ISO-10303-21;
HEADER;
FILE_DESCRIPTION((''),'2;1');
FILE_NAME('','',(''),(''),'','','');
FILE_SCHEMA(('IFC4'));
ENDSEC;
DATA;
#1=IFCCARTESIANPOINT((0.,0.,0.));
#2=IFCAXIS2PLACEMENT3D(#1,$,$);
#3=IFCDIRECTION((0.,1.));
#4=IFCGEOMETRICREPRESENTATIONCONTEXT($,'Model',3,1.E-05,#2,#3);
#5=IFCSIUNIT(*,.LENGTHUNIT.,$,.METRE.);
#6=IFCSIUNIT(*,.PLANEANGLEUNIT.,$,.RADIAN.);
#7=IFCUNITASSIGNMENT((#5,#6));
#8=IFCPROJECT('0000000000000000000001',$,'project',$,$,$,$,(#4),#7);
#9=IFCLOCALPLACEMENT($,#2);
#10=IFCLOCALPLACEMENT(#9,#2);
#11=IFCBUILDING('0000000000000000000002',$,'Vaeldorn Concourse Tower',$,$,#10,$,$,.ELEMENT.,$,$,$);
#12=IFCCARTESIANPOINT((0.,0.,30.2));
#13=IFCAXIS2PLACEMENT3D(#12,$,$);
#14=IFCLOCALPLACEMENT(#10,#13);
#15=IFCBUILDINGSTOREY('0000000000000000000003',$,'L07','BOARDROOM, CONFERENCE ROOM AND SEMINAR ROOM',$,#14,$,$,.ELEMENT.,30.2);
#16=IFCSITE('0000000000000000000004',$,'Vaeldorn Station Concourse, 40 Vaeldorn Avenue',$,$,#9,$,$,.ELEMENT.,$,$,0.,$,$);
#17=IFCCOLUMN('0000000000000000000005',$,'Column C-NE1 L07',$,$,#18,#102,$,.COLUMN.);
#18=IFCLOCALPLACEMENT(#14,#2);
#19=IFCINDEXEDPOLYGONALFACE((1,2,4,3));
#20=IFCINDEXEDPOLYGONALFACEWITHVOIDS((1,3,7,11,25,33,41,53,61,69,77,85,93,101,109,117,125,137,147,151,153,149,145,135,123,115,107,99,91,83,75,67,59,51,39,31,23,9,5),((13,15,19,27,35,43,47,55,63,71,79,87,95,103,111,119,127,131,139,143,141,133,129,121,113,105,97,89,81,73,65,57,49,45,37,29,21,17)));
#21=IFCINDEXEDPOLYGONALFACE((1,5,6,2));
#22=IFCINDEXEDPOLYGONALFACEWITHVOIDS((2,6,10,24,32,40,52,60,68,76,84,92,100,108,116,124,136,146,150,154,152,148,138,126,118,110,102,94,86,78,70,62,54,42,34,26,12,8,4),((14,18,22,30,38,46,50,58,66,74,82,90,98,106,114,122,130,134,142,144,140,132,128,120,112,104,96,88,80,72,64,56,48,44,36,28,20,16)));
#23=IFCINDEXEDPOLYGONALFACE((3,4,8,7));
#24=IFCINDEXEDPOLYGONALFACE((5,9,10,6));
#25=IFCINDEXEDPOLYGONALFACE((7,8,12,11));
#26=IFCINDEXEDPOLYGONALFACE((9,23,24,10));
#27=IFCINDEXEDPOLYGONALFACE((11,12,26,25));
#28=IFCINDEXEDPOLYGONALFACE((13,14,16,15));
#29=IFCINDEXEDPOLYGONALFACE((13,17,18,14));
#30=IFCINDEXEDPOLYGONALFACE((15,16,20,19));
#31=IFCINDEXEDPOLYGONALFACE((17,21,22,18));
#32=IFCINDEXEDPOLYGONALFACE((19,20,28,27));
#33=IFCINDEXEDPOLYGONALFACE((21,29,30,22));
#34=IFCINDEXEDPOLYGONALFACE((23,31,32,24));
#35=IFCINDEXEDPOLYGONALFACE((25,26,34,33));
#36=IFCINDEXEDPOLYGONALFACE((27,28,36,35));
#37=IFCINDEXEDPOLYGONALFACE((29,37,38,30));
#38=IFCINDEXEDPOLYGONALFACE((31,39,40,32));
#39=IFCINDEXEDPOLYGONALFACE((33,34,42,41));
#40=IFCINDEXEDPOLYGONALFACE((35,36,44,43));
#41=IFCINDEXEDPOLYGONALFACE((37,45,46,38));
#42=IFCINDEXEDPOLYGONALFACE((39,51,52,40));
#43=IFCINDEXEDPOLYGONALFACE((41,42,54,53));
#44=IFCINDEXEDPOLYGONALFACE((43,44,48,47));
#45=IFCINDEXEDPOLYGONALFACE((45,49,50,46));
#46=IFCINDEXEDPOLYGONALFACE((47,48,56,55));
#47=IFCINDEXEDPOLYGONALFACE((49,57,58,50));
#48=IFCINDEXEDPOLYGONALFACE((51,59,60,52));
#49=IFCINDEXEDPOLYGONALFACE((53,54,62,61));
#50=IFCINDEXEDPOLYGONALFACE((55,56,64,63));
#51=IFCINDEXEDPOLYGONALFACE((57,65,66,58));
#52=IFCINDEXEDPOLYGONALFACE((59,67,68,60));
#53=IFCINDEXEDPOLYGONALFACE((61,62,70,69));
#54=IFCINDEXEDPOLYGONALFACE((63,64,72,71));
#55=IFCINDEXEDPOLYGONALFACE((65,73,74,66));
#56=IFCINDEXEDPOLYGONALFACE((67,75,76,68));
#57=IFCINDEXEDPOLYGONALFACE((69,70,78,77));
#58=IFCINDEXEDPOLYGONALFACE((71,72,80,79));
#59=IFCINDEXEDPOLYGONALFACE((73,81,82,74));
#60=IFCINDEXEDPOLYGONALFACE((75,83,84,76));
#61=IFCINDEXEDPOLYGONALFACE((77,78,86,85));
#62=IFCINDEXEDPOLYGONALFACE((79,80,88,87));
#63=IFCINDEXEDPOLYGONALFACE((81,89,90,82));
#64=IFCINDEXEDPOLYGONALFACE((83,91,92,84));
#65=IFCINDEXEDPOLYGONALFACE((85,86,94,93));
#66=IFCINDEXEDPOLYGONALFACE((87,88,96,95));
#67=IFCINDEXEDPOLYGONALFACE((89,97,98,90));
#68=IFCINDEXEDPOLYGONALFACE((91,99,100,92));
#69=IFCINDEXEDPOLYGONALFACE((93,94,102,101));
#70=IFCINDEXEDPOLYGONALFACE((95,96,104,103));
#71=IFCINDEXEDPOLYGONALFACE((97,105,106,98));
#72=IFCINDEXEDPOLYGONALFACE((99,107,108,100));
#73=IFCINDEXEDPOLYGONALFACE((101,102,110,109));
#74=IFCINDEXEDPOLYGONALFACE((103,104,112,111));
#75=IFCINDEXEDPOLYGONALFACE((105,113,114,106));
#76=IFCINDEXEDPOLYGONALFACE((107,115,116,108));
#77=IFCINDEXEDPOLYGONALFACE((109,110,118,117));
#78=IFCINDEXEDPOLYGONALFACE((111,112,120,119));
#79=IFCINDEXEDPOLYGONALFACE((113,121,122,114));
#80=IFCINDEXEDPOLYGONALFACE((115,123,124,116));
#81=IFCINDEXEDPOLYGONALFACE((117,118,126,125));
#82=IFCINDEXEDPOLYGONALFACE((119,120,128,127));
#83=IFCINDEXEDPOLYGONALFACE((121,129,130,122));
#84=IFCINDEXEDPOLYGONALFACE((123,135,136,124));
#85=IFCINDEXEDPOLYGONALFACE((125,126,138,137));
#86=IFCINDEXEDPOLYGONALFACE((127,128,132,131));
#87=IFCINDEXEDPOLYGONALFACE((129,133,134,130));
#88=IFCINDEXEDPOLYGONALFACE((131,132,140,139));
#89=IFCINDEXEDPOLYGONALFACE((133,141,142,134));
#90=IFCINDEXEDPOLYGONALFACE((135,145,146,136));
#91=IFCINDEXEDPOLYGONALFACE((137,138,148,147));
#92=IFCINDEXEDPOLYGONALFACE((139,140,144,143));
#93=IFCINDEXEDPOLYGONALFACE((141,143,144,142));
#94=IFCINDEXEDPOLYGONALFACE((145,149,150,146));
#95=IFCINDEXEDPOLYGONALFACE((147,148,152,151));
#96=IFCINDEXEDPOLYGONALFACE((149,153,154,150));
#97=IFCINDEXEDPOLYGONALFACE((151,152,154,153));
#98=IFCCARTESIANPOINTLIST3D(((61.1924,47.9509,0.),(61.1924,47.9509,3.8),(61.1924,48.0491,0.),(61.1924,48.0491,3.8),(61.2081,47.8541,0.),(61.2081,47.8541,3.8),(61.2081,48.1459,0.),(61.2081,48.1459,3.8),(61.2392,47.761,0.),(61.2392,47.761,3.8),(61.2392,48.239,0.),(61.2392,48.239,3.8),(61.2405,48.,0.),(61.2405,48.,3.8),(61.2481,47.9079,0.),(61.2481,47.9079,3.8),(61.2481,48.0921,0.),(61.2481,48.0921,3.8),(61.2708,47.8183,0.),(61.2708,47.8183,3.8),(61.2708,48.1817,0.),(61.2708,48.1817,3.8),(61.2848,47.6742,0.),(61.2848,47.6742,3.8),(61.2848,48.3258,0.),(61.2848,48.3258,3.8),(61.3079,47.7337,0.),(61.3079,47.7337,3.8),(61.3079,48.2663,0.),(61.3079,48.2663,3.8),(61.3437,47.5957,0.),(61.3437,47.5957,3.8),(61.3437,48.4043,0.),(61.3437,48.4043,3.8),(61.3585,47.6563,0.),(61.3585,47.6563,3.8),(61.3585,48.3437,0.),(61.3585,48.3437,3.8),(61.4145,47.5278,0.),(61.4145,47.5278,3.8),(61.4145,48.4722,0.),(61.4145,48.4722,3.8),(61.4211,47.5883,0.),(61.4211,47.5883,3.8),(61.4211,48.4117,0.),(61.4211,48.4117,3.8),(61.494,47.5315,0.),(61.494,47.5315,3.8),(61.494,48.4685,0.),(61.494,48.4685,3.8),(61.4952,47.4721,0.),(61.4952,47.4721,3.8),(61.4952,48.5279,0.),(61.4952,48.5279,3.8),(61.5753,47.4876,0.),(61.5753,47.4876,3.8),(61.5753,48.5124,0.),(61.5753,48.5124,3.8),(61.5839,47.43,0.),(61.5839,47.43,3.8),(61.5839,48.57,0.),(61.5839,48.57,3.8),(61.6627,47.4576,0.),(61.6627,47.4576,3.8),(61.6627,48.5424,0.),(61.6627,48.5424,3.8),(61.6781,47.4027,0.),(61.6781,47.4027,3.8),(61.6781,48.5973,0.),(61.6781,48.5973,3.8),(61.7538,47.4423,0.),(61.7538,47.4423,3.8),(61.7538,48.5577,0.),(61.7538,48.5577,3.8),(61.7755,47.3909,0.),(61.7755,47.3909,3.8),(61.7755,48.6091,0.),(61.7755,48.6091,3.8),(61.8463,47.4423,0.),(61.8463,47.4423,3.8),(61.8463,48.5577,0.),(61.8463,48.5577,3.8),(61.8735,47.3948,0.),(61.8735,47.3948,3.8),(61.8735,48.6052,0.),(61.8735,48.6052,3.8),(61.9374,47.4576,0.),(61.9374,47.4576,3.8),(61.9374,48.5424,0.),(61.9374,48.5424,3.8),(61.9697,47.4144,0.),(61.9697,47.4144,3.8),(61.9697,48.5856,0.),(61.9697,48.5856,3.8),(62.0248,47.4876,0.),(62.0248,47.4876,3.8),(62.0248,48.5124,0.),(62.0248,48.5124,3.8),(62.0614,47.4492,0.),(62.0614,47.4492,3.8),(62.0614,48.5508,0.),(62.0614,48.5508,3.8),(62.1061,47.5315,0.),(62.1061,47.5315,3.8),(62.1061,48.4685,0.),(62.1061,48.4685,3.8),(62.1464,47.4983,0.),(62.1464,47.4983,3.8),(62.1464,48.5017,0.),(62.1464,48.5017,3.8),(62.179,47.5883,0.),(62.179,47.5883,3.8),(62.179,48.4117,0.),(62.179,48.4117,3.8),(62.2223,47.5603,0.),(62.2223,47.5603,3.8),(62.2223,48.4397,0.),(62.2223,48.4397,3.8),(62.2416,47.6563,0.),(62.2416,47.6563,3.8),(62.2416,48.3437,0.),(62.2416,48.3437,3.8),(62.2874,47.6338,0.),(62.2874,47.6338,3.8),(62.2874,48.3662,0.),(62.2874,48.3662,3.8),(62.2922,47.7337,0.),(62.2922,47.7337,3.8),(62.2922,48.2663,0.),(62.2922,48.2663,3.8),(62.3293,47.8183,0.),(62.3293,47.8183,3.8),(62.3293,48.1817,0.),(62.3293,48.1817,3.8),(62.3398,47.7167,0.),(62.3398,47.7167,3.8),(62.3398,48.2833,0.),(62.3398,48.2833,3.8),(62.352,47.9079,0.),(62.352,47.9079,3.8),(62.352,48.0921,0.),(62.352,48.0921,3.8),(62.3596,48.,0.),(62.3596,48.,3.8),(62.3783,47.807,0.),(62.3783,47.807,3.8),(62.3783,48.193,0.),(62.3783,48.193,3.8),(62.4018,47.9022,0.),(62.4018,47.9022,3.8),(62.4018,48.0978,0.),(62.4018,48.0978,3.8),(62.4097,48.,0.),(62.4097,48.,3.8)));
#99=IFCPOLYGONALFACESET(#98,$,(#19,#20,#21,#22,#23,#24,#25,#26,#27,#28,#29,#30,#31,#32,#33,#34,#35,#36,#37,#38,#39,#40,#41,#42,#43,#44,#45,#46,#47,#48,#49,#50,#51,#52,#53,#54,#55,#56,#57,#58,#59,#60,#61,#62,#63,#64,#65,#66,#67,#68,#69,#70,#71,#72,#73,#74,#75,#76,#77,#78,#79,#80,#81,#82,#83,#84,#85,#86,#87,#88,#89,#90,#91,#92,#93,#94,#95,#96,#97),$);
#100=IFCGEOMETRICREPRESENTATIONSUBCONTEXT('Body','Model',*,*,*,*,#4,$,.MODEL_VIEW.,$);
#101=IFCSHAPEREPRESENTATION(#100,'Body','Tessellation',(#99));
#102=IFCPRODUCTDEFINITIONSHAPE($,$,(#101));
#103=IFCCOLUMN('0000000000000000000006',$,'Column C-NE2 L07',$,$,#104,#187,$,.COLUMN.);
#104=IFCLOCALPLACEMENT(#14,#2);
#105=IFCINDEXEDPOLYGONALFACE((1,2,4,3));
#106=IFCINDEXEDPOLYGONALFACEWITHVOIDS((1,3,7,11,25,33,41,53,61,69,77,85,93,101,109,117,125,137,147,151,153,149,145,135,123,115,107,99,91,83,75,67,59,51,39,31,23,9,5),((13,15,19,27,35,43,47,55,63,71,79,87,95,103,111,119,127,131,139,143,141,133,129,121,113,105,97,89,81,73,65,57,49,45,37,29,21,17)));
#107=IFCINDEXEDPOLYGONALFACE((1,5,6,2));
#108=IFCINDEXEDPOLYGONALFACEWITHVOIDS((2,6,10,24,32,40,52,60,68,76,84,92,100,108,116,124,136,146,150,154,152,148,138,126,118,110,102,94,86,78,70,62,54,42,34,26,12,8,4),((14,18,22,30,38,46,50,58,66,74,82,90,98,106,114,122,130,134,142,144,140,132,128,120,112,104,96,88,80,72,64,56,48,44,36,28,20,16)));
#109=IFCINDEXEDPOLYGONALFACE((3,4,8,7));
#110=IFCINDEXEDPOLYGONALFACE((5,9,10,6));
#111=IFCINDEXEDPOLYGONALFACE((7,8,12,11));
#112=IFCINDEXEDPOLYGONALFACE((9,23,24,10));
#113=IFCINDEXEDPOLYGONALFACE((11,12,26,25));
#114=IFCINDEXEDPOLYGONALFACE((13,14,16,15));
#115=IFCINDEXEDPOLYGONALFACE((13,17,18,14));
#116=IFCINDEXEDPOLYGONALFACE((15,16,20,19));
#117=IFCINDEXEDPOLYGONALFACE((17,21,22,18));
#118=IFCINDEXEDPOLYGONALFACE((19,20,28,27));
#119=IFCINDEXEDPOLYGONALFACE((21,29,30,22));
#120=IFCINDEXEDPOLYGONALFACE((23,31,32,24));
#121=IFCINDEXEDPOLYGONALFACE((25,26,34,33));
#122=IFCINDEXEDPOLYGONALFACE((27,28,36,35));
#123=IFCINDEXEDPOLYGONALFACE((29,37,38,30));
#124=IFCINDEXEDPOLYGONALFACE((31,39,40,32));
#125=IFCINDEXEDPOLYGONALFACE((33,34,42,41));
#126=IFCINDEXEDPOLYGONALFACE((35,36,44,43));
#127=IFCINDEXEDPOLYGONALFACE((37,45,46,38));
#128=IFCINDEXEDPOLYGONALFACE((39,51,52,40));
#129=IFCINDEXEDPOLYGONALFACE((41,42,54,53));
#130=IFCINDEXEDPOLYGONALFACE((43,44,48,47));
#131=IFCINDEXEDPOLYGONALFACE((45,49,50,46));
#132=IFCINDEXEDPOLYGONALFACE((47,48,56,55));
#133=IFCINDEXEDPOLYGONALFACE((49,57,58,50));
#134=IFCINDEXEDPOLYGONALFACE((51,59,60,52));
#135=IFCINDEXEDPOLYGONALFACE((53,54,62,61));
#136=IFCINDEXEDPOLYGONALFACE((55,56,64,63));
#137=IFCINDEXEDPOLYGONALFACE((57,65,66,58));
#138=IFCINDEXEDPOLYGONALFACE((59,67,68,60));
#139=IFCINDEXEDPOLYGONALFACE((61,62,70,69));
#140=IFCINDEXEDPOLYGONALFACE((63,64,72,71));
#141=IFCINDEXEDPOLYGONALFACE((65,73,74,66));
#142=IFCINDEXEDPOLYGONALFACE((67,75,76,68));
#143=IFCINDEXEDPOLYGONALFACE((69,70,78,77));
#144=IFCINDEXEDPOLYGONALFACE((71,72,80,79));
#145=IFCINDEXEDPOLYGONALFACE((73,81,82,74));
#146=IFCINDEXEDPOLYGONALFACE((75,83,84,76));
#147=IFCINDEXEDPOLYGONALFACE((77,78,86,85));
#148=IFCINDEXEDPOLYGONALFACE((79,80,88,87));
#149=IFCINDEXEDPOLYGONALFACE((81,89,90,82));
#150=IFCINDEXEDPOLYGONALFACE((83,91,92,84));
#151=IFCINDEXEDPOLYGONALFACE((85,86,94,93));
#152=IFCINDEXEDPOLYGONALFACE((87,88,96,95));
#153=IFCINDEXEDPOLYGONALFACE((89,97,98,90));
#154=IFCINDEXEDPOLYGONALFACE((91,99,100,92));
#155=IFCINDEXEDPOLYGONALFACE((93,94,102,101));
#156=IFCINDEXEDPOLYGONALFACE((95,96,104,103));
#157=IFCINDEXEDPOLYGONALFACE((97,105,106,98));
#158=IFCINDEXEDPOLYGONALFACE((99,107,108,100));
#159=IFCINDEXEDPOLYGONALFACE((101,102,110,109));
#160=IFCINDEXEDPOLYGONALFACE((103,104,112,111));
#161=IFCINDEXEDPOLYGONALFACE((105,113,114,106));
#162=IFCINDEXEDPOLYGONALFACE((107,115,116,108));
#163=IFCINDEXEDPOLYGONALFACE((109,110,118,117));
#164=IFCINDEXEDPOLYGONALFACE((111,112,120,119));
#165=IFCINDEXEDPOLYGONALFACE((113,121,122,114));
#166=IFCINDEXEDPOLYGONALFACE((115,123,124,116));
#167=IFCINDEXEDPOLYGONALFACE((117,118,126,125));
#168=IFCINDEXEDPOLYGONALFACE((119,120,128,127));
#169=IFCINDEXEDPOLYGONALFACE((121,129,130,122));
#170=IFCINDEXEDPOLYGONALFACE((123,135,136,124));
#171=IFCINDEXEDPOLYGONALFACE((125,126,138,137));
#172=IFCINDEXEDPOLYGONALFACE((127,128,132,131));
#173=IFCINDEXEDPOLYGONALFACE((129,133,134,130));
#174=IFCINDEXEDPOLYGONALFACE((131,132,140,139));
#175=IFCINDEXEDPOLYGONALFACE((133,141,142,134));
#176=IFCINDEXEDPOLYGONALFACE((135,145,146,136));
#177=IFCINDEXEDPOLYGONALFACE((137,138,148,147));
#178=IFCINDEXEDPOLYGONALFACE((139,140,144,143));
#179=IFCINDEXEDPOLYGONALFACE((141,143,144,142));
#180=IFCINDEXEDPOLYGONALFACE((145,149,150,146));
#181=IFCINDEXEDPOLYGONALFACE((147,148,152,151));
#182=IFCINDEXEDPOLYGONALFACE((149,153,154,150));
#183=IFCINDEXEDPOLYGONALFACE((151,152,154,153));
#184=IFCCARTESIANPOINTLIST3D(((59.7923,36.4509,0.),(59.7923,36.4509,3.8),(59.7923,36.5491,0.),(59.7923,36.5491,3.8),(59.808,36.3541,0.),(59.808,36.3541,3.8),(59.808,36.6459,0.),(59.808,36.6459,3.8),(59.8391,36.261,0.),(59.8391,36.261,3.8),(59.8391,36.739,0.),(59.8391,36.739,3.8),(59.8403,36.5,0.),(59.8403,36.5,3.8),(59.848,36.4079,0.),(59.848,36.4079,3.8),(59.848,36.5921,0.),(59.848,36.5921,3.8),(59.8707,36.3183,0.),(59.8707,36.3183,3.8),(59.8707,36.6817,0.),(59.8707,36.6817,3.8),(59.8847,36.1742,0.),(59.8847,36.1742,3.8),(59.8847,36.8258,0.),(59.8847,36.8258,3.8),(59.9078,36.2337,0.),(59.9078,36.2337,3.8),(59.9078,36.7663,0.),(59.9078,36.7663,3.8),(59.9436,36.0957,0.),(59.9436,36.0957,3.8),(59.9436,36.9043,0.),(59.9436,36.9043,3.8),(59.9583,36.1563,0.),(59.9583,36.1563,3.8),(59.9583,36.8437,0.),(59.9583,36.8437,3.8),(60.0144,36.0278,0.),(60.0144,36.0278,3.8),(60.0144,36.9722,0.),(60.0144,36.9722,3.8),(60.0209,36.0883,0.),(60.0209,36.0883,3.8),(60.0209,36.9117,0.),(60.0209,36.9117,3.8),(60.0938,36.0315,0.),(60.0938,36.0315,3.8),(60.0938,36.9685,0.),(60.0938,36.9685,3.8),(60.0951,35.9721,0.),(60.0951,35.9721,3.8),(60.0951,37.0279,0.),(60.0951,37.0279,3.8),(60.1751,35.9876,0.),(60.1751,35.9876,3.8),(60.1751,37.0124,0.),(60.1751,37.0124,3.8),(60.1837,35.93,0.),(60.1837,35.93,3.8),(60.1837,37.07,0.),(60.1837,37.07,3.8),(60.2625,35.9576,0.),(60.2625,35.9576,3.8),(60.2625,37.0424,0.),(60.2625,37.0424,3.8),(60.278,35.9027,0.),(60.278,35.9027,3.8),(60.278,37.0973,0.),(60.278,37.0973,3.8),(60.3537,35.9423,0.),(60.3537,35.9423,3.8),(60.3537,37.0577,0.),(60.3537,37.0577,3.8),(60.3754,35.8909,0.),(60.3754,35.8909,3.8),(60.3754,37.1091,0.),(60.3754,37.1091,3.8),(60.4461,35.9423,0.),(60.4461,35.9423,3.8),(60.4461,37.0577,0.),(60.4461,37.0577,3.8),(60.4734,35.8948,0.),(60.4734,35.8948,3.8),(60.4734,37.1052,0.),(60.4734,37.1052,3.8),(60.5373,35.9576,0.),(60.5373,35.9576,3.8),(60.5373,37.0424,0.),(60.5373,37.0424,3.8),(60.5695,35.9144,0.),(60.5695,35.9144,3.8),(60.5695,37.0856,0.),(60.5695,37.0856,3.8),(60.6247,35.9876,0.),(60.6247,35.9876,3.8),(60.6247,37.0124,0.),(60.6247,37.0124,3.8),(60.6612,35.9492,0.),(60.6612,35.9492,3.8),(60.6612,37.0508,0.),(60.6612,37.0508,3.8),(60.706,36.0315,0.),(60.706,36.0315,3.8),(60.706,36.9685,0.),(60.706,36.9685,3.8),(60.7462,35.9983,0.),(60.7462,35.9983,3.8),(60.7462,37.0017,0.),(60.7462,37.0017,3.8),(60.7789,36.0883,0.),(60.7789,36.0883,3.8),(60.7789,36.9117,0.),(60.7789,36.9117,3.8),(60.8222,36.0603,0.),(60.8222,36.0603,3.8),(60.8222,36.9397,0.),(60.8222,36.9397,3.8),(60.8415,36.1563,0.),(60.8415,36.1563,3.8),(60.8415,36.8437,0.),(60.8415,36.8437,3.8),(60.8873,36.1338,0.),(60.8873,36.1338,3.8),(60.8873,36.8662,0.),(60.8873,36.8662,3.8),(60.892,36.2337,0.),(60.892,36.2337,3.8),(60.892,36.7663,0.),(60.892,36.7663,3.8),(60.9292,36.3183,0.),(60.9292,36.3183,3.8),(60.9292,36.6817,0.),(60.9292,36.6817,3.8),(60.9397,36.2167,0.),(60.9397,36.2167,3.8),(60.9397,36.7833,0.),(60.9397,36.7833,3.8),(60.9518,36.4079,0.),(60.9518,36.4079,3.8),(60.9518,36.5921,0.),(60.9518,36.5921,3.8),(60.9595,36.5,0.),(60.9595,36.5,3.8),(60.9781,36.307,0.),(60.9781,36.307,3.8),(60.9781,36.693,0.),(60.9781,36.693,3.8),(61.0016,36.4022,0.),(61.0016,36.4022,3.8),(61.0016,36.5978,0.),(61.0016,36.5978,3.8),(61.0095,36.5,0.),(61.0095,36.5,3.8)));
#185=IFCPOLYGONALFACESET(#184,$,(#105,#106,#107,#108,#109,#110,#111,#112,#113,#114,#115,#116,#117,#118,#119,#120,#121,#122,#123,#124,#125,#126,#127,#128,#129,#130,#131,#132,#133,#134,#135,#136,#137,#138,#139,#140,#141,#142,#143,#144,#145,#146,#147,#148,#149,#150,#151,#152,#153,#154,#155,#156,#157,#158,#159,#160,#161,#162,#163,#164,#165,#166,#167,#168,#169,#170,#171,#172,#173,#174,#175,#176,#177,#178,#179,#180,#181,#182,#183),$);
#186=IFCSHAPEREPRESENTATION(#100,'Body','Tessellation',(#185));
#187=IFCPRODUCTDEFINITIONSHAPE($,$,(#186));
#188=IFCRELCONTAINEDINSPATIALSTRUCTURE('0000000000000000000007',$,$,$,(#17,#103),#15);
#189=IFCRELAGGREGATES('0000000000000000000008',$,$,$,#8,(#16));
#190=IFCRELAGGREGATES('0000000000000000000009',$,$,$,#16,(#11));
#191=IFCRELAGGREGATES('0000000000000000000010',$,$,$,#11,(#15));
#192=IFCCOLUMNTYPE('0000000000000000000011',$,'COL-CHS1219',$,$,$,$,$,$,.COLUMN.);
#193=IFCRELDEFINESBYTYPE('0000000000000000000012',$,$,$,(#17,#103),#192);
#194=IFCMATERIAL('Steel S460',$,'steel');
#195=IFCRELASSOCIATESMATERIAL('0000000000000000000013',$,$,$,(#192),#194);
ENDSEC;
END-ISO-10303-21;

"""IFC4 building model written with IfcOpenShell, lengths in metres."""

from ifc_helpers import new_model, si_unit, direction, frame, origin, origin_2d, place, context, subcontext, project, spatial, hollow_circle, extrude, source, transform, mapped, material, material_profile, profile_set, type_object, element, save


model = new_model("IFC4")

# Units and contexts
model_context = context("Model", 3, precision=1e-05, world=origin(), true_north=direction((0.0, 1.0)))
body_context = subcontext(model_context, "Body", "Model", "MODEL_VIEW")
ifc_project = project(units=[si_unit("LENGTHUNIT", "METRE"), si_unit("PLANEANGLEUNIT", "RADIAN")], contexts=[model_context])

# Site, building, storey
site_placement = place(None, origin())
site = spatial("IfcSite", under=ifc_project, at=site_placement, Name="Vaeldorn Station Concourse, 40 Vaeldorn Avenue", CompositionType="ELEMENT", RefElevation=0.0)
building_placement = place(site_placement, origin())
building = spatial("IfcBuilding", under=site, at=building_placement, Name="Vaeldorn Concourse Tower", CompositionType="ELEMENT")
storey_placement = place(building_placement, frame((0.0, 0.0, 30.2)))
storey = spatial("IfcBuildingStorey", under=building, at=storey_placement, Name="L07", Description="BOARDROOM, CONFERENCE ROOM AND SEMINAR ROOM", CompositionType="ELEMENT", Elevation=30.2)

# Columns
ifc_material_1 = material(Name="Steel S460", Category="steel")
ifc_material_profile_1 = material_profile(ifc_material_1, hollow_circle(Radius=0.6096, WallThickness=0.05, at=origin_2d()), Name="CHS 1219x50")
ifc_profile_set_1 = profile_set([ifc_material_profile_1], Name="Steel S460")
column_type = type_object("IfcColumnType", Name="COL-CHS1219", PredefinedType="COLUMN", material=ifc_profile_set_1)
shared_shape_1 = source(origin(), body_context, "Body", "SweptSolid", [
    extrude(hollow_circle(Radius=0.6096, WallThickness=0.05, at=origin_2d()), origin(), (0.0, 0.0, 1.0), 3.8),
])
for number, where, z_axis, x_axis, name in (
    (1, (61.8, 48.0, 0.0), (0.0, 0.0, 1.0), (1.0, 0.0, 0.0), "Column C-NE1 L07"),
    (2, (60.3999, 36.5, 0.0), (0.0, 0.0, 1.0), (1.0, 0.0, 0.0), "Column C-NE2 L07"),
):
    element("IfcColumn", number, at=place(storey_placement, frame(where, z_axis=z_axis, x_axis=x_axis)), inside=storey, type_object=column_type, Name=name, PredefinedType="COLUMN", context=body_context, shape_type="MappedRepresentation", body=[
        mapped(shared_shape_1, transform((0.0, 0.0, 0.0), scale=1.0)),
    ])

save(model, "model.ifc")
